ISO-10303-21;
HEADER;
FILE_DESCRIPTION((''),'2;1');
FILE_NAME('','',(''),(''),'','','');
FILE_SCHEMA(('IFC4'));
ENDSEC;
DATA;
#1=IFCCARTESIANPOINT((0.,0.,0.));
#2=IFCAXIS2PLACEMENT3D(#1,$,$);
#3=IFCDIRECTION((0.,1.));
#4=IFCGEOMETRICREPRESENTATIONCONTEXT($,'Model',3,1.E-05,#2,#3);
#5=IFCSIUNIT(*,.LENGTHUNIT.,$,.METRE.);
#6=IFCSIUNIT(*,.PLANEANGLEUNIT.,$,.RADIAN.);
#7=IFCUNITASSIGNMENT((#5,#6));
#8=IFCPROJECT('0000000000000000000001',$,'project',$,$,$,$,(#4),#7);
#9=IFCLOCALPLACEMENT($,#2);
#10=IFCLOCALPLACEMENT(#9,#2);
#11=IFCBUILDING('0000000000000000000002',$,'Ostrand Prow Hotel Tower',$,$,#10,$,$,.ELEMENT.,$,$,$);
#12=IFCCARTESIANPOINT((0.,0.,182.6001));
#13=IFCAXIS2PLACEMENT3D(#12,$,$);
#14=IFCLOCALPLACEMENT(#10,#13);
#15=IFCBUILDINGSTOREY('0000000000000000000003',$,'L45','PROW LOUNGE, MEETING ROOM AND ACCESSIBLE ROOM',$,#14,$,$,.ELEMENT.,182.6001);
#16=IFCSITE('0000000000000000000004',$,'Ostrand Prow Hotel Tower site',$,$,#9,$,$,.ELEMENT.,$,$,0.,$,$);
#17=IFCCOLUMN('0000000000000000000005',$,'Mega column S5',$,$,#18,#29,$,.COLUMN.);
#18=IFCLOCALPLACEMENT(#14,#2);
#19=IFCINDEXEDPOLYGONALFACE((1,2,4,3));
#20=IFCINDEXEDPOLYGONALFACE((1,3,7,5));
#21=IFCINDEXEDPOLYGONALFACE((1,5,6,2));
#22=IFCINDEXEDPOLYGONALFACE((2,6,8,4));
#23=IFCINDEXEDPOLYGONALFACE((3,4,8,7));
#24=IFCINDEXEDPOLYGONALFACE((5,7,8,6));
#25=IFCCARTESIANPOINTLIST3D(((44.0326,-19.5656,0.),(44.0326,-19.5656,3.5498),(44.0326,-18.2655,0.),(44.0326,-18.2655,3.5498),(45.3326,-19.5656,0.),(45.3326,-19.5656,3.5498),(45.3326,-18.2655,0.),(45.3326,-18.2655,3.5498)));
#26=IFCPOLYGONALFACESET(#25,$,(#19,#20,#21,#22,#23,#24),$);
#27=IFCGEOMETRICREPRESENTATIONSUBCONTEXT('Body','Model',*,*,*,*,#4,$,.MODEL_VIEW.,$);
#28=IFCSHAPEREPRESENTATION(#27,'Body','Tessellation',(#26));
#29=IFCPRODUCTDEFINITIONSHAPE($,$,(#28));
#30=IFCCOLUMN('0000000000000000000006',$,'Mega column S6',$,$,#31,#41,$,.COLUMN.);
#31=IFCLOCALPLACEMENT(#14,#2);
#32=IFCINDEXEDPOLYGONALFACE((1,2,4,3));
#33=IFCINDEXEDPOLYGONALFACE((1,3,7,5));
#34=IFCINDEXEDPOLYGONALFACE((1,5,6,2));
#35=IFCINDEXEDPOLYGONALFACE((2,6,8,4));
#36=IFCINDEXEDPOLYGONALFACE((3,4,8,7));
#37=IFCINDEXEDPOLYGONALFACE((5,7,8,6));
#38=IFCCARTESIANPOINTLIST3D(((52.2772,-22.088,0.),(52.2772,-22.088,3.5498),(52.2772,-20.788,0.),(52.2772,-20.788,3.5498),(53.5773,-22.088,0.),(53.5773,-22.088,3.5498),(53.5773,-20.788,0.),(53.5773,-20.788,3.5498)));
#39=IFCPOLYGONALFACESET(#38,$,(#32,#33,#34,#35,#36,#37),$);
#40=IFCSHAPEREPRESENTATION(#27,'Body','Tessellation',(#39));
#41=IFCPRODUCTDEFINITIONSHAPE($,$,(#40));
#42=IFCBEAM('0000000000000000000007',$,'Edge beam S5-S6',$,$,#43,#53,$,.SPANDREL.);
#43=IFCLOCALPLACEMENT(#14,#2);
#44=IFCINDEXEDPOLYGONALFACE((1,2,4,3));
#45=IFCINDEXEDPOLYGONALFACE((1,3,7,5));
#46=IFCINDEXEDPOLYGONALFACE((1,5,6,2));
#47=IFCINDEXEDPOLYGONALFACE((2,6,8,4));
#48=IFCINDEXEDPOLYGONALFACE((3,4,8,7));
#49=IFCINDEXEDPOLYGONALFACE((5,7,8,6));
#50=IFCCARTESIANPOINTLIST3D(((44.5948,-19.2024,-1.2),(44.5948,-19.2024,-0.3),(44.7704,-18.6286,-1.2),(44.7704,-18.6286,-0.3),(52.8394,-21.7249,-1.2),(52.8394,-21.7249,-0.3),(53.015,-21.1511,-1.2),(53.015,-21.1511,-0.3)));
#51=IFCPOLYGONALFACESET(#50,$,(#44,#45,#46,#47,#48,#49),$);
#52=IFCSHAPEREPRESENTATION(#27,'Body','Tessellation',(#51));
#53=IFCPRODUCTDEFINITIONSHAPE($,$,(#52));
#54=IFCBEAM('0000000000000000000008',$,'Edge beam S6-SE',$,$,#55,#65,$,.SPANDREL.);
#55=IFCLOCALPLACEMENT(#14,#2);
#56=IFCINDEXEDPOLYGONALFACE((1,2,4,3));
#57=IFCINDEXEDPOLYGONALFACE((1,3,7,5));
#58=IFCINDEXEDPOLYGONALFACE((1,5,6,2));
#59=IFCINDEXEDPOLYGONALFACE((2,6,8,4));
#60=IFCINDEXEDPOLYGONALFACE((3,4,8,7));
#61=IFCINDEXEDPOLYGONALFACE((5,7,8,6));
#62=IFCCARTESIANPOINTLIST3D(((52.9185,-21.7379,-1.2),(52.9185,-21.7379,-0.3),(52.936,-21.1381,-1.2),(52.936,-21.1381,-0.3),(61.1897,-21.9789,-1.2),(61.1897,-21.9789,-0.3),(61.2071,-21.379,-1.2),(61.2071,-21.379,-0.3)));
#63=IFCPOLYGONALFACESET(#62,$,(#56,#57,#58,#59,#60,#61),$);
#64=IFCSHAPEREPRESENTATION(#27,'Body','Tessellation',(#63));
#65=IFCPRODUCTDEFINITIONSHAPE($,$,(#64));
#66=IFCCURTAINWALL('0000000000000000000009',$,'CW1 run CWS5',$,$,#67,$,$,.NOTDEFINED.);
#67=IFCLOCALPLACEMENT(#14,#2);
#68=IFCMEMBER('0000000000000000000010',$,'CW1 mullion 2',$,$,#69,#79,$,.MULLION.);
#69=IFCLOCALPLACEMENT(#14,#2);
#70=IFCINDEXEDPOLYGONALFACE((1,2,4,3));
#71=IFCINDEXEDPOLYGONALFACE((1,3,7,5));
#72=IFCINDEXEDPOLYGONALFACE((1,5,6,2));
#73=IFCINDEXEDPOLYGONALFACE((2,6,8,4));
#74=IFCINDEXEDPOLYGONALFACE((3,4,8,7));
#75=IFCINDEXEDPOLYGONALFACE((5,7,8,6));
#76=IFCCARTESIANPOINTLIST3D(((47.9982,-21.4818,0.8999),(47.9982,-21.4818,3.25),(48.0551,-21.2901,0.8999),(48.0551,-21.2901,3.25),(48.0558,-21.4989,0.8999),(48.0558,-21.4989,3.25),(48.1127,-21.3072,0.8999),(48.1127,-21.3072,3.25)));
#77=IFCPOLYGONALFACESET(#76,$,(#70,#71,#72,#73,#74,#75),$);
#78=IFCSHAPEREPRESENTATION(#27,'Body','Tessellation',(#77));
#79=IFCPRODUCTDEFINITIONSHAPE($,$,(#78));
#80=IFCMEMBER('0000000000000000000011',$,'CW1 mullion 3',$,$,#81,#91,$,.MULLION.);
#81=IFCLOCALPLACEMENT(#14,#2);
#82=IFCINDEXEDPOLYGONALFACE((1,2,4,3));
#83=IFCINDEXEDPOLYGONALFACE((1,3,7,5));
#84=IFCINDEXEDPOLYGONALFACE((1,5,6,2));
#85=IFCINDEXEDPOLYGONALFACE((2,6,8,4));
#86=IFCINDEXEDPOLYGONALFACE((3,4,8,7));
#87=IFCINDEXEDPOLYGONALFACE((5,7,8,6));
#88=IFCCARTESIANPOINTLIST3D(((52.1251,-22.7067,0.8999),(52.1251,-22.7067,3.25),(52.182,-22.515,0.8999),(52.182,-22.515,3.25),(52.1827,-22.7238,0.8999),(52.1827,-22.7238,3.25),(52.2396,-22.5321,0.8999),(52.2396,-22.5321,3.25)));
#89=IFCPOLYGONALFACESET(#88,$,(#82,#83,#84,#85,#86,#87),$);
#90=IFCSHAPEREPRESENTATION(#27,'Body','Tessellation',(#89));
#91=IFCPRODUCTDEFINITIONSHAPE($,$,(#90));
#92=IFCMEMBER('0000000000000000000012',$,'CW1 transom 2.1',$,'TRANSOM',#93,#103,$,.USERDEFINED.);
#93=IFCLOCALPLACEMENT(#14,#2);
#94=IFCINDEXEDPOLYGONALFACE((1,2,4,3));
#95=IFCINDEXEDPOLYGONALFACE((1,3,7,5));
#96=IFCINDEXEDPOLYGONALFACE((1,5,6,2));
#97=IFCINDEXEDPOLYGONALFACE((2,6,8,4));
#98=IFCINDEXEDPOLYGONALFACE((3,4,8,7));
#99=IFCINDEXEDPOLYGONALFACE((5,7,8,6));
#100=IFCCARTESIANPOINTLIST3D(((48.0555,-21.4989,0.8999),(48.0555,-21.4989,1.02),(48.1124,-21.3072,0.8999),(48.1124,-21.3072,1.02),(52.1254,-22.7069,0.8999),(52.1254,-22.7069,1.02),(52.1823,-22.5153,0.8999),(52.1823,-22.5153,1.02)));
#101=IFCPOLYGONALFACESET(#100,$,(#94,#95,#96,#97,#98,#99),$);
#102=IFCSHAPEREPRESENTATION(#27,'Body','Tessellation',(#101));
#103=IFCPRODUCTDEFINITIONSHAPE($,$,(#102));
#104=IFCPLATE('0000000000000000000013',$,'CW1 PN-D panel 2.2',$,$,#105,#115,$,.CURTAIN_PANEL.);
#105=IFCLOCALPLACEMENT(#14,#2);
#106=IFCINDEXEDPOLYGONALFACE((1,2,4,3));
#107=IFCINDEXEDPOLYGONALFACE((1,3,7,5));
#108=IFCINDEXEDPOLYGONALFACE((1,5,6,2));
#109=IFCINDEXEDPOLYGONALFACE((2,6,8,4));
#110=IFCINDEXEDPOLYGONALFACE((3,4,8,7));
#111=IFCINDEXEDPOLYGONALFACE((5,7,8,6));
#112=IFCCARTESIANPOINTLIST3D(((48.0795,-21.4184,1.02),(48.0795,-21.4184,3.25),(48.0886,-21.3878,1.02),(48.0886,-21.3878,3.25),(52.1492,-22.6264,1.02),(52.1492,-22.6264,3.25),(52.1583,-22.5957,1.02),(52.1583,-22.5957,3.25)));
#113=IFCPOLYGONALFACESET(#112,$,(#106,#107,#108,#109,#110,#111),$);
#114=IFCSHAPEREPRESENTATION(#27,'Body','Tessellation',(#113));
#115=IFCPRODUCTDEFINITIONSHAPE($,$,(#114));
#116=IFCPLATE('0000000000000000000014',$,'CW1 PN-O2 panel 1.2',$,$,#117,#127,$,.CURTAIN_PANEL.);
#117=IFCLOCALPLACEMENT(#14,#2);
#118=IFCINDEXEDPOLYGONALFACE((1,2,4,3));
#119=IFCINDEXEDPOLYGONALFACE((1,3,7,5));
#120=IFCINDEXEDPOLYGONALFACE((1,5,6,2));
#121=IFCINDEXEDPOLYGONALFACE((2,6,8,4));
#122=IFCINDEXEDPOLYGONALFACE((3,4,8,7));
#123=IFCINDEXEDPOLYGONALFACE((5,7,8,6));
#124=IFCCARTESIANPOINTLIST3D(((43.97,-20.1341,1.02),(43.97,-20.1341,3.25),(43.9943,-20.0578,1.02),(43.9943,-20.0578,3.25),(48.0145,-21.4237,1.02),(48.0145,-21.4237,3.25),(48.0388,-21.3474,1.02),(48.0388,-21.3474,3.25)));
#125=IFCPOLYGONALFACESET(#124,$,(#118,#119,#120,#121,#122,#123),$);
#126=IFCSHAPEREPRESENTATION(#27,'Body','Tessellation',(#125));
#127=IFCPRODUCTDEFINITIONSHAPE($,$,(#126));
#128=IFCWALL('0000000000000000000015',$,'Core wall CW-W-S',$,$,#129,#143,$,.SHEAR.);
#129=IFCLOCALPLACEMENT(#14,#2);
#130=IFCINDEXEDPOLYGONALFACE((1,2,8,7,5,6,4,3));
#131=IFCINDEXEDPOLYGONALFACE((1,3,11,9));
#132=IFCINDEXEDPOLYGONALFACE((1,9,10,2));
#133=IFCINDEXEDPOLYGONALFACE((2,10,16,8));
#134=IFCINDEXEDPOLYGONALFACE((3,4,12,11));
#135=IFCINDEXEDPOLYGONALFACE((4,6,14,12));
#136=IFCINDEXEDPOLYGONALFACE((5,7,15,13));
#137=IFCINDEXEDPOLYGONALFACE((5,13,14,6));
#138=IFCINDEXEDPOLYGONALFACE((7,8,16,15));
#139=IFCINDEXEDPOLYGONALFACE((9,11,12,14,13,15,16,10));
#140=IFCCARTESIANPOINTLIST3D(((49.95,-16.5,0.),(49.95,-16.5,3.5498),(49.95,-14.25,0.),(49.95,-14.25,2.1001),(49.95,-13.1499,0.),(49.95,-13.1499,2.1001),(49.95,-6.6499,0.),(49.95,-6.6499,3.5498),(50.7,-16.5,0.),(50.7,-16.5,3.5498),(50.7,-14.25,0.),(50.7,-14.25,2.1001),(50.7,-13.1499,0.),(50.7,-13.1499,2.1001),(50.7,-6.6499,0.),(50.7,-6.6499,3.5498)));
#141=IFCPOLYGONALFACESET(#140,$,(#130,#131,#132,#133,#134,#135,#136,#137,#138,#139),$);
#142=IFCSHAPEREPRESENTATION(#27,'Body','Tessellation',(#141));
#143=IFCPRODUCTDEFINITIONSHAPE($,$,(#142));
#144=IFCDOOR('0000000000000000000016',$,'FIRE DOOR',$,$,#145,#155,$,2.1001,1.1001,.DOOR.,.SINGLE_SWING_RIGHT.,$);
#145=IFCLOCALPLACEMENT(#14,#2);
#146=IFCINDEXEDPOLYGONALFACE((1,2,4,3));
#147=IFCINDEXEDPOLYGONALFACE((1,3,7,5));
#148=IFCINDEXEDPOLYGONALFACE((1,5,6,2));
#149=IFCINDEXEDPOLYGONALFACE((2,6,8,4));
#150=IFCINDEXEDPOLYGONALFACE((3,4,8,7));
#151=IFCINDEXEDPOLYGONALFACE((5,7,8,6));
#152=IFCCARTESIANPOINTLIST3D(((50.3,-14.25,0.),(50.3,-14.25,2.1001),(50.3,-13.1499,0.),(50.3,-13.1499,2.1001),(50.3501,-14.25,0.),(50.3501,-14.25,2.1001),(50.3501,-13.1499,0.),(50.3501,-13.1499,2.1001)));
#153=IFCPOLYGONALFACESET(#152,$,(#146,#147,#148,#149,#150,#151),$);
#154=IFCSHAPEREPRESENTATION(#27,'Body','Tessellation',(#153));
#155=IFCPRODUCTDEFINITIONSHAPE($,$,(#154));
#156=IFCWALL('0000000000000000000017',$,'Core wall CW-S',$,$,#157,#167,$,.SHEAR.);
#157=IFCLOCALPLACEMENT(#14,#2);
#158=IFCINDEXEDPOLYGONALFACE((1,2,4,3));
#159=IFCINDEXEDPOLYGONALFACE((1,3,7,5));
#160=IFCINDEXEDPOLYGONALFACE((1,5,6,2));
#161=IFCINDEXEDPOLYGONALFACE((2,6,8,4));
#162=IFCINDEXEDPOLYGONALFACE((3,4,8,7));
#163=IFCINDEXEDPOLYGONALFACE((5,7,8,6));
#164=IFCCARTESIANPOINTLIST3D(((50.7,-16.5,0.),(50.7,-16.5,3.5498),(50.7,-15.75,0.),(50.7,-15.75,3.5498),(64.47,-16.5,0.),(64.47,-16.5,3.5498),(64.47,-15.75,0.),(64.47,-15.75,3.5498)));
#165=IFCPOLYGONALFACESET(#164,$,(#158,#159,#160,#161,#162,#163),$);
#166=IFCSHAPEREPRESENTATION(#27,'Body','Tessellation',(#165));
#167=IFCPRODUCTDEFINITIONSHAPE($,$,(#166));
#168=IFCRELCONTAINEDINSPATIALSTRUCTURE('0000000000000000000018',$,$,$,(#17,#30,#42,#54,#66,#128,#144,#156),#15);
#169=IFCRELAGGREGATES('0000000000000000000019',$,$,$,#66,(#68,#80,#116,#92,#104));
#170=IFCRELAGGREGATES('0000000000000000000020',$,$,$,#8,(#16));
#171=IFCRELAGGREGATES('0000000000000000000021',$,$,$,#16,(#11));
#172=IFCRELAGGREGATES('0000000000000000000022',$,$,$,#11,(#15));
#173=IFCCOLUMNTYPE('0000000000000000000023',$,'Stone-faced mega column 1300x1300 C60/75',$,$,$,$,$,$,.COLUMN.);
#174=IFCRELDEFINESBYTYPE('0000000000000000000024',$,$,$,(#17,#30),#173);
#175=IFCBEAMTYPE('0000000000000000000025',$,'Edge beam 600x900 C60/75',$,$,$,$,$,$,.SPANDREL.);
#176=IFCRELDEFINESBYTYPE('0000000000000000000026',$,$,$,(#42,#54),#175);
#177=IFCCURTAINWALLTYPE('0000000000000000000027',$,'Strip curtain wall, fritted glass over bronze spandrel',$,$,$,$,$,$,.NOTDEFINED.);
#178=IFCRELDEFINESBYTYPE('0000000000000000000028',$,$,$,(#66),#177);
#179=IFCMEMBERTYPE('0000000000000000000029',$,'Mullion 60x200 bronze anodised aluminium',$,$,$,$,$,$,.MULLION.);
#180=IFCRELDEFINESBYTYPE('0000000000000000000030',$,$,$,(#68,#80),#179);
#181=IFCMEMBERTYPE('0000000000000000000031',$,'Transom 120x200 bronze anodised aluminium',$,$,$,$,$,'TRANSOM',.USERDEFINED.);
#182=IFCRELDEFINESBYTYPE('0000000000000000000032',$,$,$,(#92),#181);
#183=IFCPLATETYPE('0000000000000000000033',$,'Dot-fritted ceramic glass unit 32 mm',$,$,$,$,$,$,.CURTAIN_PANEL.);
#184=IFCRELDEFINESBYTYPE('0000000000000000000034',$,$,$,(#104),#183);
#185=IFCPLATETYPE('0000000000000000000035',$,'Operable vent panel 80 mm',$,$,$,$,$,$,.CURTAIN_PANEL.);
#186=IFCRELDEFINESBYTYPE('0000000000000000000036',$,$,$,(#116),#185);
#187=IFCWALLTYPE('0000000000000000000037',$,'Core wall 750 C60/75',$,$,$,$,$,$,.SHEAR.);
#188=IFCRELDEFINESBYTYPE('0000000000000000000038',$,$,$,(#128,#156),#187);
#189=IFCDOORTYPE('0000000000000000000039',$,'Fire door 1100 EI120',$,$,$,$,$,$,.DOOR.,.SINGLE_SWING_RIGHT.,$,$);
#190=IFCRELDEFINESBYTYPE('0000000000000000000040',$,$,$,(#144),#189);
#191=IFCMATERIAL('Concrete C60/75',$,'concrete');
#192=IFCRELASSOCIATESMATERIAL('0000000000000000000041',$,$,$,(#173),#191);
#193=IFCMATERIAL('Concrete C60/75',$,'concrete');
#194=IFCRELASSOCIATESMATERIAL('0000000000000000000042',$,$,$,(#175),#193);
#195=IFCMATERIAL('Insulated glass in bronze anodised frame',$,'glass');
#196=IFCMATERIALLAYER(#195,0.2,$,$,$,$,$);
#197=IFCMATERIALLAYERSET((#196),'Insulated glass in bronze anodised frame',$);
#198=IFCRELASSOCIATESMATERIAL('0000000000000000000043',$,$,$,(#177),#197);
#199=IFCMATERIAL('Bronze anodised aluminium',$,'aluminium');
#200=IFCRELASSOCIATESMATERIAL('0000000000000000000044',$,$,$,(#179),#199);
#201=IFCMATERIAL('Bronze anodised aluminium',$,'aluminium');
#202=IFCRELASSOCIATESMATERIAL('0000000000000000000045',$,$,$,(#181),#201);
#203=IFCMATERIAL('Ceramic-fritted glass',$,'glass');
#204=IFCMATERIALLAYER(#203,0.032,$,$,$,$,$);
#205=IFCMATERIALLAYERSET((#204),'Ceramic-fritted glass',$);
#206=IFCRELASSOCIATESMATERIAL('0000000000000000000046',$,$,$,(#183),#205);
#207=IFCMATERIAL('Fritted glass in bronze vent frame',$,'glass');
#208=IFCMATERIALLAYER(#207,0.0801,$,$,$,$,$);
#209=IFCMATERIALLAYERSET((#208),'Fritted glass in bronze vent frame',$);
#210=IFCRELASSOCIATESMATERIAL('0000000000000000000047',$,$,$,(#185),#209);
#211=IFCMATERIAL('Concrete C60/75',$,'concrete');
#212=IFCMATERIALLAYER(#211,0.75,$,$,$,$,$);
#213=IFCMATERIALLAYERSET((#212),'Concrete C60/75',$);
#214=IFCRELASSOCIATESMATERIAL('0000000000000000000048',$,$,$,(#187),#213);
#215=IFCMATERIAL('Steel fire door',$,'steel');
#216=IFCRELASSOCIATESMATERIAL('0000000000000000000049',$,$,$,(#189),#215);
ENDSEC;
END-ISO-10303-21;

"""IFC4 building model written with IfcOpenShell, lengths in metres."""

from ifc_helpers import new_model, si_unit, direction, frame, frame_2d, origin, origin_2d, place, context, subcontext, project, spatial, rectangle, extrude, material, layer, layer_set, material_profile, profile_set, type_object, element, fill, aggregate, save


model = new_model("IFC4")

# Units and contexts
model_context = context("Model", 3, precision=1e-05, world=origin(), true_north=direction((0.0, 1.0)))
body_context = subcontext(model_context, "Body", "Model", "MODEL_VIEW")
ifc_project = project(units=[si_unit("LENGTHUNIT", "METRE"), si_unit("PLANEANGLEUNIT", "RADIAN")], contexts=[model_context])

# Site, building, storey
site_placement = place(None, origin())
site = spatial("IfcSite", under=ifc_project, at=site_placement, Name="Ostrand Prow Hotel Tower site", CompositionType="ELEMENT", RefElevation=0.0)
building_placement = place(site_placement, origin())
building = spatial("IfcBuilding", under=site, at=building_placement, Name="Ostrand Prow Hotel Tower", CompositionType="ELEMENT")
storey_placement = place(building_placement, frame((0.0, 0.0, 182.6001)))
storey = spatial("IfcBuildingStorey", under=building, at=storey_placement, Name="L45", Description="PROW LOUNGE, MEETING ROOM AND ACCESSIBLE ROOM", CompositionType="ELEMENT", Elevation=182.6001)

# Columns
ifc_material_1 = material(Name="Concrete C60/75", Category="concrete")
ifc_material_profile_1 = material_profile(ifc_material_1, rectangle(XDim=1.3, YDim=1.3, at=origin_2d()), Name="RC 1300x1300")
ifc_profile_set_1 = profile_set([ifc_material_profile_1], Name="Concrete C60/75")
column_type = type_object("IfcColumnType", Name="Stone-faced mega column 1300x1300 C60/75", PredefinedType="COLUMN", material=ifc_profile_set_1)
for number, where, z_axis, x_axis, name in (
    (1, (44.6826, -18.9155, 0.0), (0.0, 0.0, 1.0), (1.0, 0.0, 0.0), "Mega column S5"),
    (2, (52.9272, -21.438, 0.0), (0.0, 0.0, 1.0), (1.0, 0.0, 0.0), "Mega column S6"),
):
    element("IfcColumn", number, at=place(storey_placement, frame(where, z_axis=z_axis, x_axis=x_axis)), inside=storey, type_object=column_type, Name=name, PredefinedType="COLUMN", context=body_context, shape_type="SweptSolid", body=[
        extrude(rectangle(XDim=1.3, YDim=1.3, at=origin_2d()), origin(), (0.0, 0.0, 1.0), 3.5498),
    ])

# Beams
ifc_material_2 = material(Name="Concrete C60/75", Category="concrete")
ifc_material_profile_2 = material_profile(ifc_material_2, rectangle(XDim=0.6001, YDim=0.8999, at=origin_2d()), Name="RC 600x900")
ifc_profile_set_2 = profile_set([ifc_material_profile_2], Name="Concrete C60/75")
beam_type = type_object("IfcBeamType", Name="Edge beam 600x900 C60/75", PredefinedType="SPANDREL", material=ifc_profile_set_2)
beam_1_placement = place(storey_placement, frame((44.6826, -18.9155, -0.75), z_axis=(0.956246, -0.292565, 0.0), x_axis=(0.292565, 0.956246, 0.0)))
element("IfcBeam", 3, at=beam_1_placement, inside=storey, type_object=beam_type, Name="Edge beam S5-S6", PredefinedType="SPANDREL", context=body_context, shape_type="SweptSolid", body=[
    extrude(rectangle(XDim=0.6001, YDim=0.8999, at=origin_2d()), origin(), (0.0, 0.0, 1.0), 8.6218),
])
beam_2_placement = place(storey_placement, frame((52.9272, -21.438, -0.75), z_axis=(0.999576, -0.029121, 0.0), x_axis=(0.029121, 0.999576, 0.0)))
element("IfcBeam", 4, at=beam_2_placement, inside=storey, type_object=beam_type, Name="Edge beam S6-SE", PredefinedType="SPANDREL", context=body_context, shape_type="SweptSolid", body=[
    extrude(rectangle(XDim=0.6001, YDim=0.8999, at=origin_2d()), origin(), (0.0, 0.0, 1.0), 8.2747),
])

# Curtain wall, members, plates
ifc_material_3 = material(Name="Insulated glass in bronze anodised frame", Category="glass")
ifc_layer_1 = layer(ifc_material_3, 0.2)
ifc_layer_set_1 = layer_set([ifc_layer_1], Name="Insulated glass in bronze anodised frame")
curtain_wall_type = type_object("IfcCurtainWallType", Name="Strip curtain wall, fritted glass over bronze spandrel", PredefinedType="NOTDEFINED", material=ifc_layer_set_1)
curtain_wall_placement = place(storey_placement, origin())
curtain_wall = element("IfcCurtainWall", 5, at=curtain_wall_placement, inside=storey, type_object=curtain_wall_type, Name="CW1 run CWS5", PredefinedType="NOTDEFINED")
ifc_material_4 = material(Name="Bronze anodised aluminium", Category="aluminium")
ifc_material_profile_3 = material_profile(ifc_material_4, rectangle(XDim=0.2, YDim=0.0601, at=origin_2d()), Name="Mullion 60x200 bronze anodised aluminium")
ifc_profile_set_3 = profile_set([ifc_material_profile_3], Name="Bronze anodised aluminium")
member_type_1 = type_object("IfcMemberType", Name="Mullion 60x200 bronze anodised aluminium", PredefinedType="MULLION", material=ifc_profile_set_3)
member_1_placement = place(storey_placement, frame((48.0554, -21.3945, 0.8999), z_axis=(0.0, 0.0, 1.0), x_axis=(0.284544, 0.958663, 0.0)))
member_1 = element("IfcMember", 6, at=member_1_placement, type_object=member_type_1, Name="CW1 mullion 2", PredefinedType="MULLION", context=body_context, shape_type="SweptSolid", body=[
    extrude(rectangle(XDim=0.2, YDim=0.0601, at=origin_2d()), origin(), (0.0, 0.0, 1.0), 2.3501),
])
member_2_placement = place(storey_placement, frame((52.1824, -22.6194, 0.8999), z_axis=(0.0, 0.0, 1.0), x_axis=(0.284544, 0.958663, 0.0)))
member_2 = element("IfcMember", 7, at=member_2_placement, type_object=member_type_1, Name="CW1 mullion 3", PredefinedType="MULLION", context=body_context, shape_type="SweptSolid", body=[
    extrude(rectangle(XDim=0.2, YDim=0.0601, at=origin_2d()), origin(), (0.0, 0.0, 1.0), 2.3501),
])
ifc_material_5 = material(Name="Bronze anodised aluminium", Category="aluminium")
ifc_material_profile_4 = material_profile(ifc_material_5, rectangle(XDim=0.2, YDim=0.1201, at=origin_2d()), Name="Transom 120x200 bronze anodised aluminium")
ifc_profile_set_4 = profile_set([ifc_material_profile_4], Name="Bronze anodised aluminium")
member_type_2 = type_object("IfcMemberType", Name="Transom 120x200 bronze anodised aluminium", ElementType="TRANSOM", PredefinedType="USERDEFINED", material=ifc_profile_set_4)
member_3_placement = place(storey_placement, frame((48.084, -21.4031, 0.96), z_axis=(0.958661, -0.28455, 0.0), x_axis=(0.28455, 0.958661, 0.0)))
member_3 = element("IfcMember", 8, at=member_3_placement, type_object=member_type_2, Name="CW1 transom 2.1", ObjectType="TRANSOM", PredefinedType="USERDEFINED", context=body_context, shape_type="SweptSolid", body=[
    extrude(rectangle(XDim=0.2, YDim=0.1201, at=origin_2d()), origin(), (0.0, 0.0, 1.0), 4.2454),
])
ifc_material_6 = material(Name="Ceramic-fritted glass", Category="glass")
ifc_layer_2 = layer(ifc_material_6, 0.032)
ifc_layer_set_2 = layer_set([ifc_layer_2], Name="Ceramic-fritted glass")
plate_type_1 = type_object("IfcPlateType", Name="Dot-fritted ceramic glass unit 32 mm", PredefinedType="CURTAIN_PANEL", material=ifc_layer_set_2)
plate_1_placement = place(storey_placement, frame((50.1189, -22.0071, 1.02), z_axis=(0.0, 0.0, 1.0), x_axis=(0.958663, -0.284544, 0.0)))
plate_1 = element("IfcPlate", 9, at=plate_1_placement, type_object=plate_type_1, Name="CW1 PN-D panel 2.2", PredefinedType="CURTAIN_PANEL", context=body_context, shape_type="SweptSolid", body=[
    extrude(rectangle(XDim=4.2451, YDim=0.032, at=origin_2d()), origin(), (0.0, 0.0, 1.0), 2.23),
])
ifc_material_7 = material(Name="Fritted glass in bronze vent frame", Category="glass")
ifc_layer_3 = layer(ifc_material_7, 0.0801)
ifc_layer_set_3 = layer_set([ifc_layer_3], Name="Fritted glass in bronze vent frame")
plate_type_2 = type_object("IfcPlateType", Name="Operable vent panel 80 mm", PredefinedType="CURTAIN_PANEL", material=ifc_layer_set_3)
plate_2_placement = place(storey_placement, frame((46.0044, -20.7407, 1.02), z_axis=(0.0, 0.0, 1.0), x_axis=(0.95274, -0.303787, 0.0)))
plate_2 = element("IfcPlate", 10, at=plate_2_placement, type_object=plate_type_2, Name="CW1 PN-O2 panel 1.2", PredefinedType="CURTAIN_PANEL", context=body_context, shape_type="SweptSolid", body=[
    extrude(rectangle(XDim=4.2451, YDim=0.0801, at=origin_2d()), origin(), (0.0, 0.0, 1.0), 2.23),
])
aggregate(curtain_wall, [member_1, member_2, plate_2, member_3, plate_1])

# Wall, opening, door
ifc_material_8 = material(Name="Concrete C60/75", Category="concrete")
ifc_layer_4 = layer(ifc_material_8, 0.75)
ifc_layer_set_4 = layer_set([ifc_layer_4], Name="Concrete C60/75")
wall_type_1 = type_object("IfcWallType", Name="Core wall 750 C60/75", PredefinedType="SHEAR", material=ifc_layer_set_4)
wall_1_placement = place(storey_placement, frame((50.325, -16.5, 0.0), z_axis=(0.0, 0.0, 1.0), x_axis=(0.0, 1.0, 0.0)))
wall_1 = element("IfcWall", 11, at=wall_1_placement, inside=storey, type_object=wall_type_1, Name="Core wall CW-W-S", PredefinedType="SHEAR", context=body_context, shape_type="SweptSolid", body=[
    extrude(rectangle(XDim=9.8501, YDim=0.75, at=frame_2d((4.925, 0.0))), origin(), (0.0, 0.0, 1.0), 3.5498),
])
opening_1_placement = place(wall_1_placement, frame((2.25, 0.0, 0.0)))
opening_1 = element("IfcOpeningElement", 12, at=opening_1_placement, cuts=wall_1, PredefinedType="OPENING", context=body_context, shape_type="SweptSolid", body=[
    extrude(rectangle(XDim=1.1001, YDim=2.1001, at=frame_2d((0.55, 1.05))), frame((0.0, 0.385, 0.0), z_axis=(0.0, -1.0, 0.0), x_axis=(1.0, 0.0, 0.0)), (0.0, 0.0, 1.0), 0.77),
])
ifc_material_9 = material(Name="Steel fire door", Category="steel")
door_type_1 = type_object("IfcDoorType", Name="Fire door 1100 EI120", OperationType="SINGLE_SWING_RIGHT", PredefinedType="DOOR", material=ifc_material_9)
door_1_placement = place(opening_1_placement, origin())
door_1 = element("IfcDoor", 13, at=door_1_placement, inside=storey, type_object=door_type_1, Name="FIRE DOOR", OperationType="SINGLE_SWING_RIGHT", OverallHeight=2.1001, OverallWidth=1.1001, PredefinedType="DOOR", context=body_context, shape_type="SweptSolid", body=[
    extrude(rectangle(XDim=1.1001, YDim=2.1001, at=frame_2d((0.55, 1.05))), frame((0.0, 0.0249, 0.0), z_axis=(0.0, -1.0, 0.0), x_axis=(1.0, 0.0, 0.0)), (0.0, 0.0, 1.0), 0.05),
])
fill(opening_1, door_1)

# Wall
wall_2_placement = place(storey_placement, frame((50.7, -16.125, 0.0), z_axis=(0.0, 0.0, 1.0), x_axis=(1.0, 0.0, 0.0)))
element("IfcWall", 14, at=wall_2_placement, inside=storey, type_object=wall_type_1, Name="Core wall CW-S", PredefinedType="SHEAR", context=body_context, shape_type="SweptSolid", body=[
    extrude(rectangle(XDim=13.77, YDim=0.75, at=frame_2d((6.885, 0.0))), origin(), (0.0, 0.0, 1.0), 3.5498),
])

save(model, "model.ifc")
